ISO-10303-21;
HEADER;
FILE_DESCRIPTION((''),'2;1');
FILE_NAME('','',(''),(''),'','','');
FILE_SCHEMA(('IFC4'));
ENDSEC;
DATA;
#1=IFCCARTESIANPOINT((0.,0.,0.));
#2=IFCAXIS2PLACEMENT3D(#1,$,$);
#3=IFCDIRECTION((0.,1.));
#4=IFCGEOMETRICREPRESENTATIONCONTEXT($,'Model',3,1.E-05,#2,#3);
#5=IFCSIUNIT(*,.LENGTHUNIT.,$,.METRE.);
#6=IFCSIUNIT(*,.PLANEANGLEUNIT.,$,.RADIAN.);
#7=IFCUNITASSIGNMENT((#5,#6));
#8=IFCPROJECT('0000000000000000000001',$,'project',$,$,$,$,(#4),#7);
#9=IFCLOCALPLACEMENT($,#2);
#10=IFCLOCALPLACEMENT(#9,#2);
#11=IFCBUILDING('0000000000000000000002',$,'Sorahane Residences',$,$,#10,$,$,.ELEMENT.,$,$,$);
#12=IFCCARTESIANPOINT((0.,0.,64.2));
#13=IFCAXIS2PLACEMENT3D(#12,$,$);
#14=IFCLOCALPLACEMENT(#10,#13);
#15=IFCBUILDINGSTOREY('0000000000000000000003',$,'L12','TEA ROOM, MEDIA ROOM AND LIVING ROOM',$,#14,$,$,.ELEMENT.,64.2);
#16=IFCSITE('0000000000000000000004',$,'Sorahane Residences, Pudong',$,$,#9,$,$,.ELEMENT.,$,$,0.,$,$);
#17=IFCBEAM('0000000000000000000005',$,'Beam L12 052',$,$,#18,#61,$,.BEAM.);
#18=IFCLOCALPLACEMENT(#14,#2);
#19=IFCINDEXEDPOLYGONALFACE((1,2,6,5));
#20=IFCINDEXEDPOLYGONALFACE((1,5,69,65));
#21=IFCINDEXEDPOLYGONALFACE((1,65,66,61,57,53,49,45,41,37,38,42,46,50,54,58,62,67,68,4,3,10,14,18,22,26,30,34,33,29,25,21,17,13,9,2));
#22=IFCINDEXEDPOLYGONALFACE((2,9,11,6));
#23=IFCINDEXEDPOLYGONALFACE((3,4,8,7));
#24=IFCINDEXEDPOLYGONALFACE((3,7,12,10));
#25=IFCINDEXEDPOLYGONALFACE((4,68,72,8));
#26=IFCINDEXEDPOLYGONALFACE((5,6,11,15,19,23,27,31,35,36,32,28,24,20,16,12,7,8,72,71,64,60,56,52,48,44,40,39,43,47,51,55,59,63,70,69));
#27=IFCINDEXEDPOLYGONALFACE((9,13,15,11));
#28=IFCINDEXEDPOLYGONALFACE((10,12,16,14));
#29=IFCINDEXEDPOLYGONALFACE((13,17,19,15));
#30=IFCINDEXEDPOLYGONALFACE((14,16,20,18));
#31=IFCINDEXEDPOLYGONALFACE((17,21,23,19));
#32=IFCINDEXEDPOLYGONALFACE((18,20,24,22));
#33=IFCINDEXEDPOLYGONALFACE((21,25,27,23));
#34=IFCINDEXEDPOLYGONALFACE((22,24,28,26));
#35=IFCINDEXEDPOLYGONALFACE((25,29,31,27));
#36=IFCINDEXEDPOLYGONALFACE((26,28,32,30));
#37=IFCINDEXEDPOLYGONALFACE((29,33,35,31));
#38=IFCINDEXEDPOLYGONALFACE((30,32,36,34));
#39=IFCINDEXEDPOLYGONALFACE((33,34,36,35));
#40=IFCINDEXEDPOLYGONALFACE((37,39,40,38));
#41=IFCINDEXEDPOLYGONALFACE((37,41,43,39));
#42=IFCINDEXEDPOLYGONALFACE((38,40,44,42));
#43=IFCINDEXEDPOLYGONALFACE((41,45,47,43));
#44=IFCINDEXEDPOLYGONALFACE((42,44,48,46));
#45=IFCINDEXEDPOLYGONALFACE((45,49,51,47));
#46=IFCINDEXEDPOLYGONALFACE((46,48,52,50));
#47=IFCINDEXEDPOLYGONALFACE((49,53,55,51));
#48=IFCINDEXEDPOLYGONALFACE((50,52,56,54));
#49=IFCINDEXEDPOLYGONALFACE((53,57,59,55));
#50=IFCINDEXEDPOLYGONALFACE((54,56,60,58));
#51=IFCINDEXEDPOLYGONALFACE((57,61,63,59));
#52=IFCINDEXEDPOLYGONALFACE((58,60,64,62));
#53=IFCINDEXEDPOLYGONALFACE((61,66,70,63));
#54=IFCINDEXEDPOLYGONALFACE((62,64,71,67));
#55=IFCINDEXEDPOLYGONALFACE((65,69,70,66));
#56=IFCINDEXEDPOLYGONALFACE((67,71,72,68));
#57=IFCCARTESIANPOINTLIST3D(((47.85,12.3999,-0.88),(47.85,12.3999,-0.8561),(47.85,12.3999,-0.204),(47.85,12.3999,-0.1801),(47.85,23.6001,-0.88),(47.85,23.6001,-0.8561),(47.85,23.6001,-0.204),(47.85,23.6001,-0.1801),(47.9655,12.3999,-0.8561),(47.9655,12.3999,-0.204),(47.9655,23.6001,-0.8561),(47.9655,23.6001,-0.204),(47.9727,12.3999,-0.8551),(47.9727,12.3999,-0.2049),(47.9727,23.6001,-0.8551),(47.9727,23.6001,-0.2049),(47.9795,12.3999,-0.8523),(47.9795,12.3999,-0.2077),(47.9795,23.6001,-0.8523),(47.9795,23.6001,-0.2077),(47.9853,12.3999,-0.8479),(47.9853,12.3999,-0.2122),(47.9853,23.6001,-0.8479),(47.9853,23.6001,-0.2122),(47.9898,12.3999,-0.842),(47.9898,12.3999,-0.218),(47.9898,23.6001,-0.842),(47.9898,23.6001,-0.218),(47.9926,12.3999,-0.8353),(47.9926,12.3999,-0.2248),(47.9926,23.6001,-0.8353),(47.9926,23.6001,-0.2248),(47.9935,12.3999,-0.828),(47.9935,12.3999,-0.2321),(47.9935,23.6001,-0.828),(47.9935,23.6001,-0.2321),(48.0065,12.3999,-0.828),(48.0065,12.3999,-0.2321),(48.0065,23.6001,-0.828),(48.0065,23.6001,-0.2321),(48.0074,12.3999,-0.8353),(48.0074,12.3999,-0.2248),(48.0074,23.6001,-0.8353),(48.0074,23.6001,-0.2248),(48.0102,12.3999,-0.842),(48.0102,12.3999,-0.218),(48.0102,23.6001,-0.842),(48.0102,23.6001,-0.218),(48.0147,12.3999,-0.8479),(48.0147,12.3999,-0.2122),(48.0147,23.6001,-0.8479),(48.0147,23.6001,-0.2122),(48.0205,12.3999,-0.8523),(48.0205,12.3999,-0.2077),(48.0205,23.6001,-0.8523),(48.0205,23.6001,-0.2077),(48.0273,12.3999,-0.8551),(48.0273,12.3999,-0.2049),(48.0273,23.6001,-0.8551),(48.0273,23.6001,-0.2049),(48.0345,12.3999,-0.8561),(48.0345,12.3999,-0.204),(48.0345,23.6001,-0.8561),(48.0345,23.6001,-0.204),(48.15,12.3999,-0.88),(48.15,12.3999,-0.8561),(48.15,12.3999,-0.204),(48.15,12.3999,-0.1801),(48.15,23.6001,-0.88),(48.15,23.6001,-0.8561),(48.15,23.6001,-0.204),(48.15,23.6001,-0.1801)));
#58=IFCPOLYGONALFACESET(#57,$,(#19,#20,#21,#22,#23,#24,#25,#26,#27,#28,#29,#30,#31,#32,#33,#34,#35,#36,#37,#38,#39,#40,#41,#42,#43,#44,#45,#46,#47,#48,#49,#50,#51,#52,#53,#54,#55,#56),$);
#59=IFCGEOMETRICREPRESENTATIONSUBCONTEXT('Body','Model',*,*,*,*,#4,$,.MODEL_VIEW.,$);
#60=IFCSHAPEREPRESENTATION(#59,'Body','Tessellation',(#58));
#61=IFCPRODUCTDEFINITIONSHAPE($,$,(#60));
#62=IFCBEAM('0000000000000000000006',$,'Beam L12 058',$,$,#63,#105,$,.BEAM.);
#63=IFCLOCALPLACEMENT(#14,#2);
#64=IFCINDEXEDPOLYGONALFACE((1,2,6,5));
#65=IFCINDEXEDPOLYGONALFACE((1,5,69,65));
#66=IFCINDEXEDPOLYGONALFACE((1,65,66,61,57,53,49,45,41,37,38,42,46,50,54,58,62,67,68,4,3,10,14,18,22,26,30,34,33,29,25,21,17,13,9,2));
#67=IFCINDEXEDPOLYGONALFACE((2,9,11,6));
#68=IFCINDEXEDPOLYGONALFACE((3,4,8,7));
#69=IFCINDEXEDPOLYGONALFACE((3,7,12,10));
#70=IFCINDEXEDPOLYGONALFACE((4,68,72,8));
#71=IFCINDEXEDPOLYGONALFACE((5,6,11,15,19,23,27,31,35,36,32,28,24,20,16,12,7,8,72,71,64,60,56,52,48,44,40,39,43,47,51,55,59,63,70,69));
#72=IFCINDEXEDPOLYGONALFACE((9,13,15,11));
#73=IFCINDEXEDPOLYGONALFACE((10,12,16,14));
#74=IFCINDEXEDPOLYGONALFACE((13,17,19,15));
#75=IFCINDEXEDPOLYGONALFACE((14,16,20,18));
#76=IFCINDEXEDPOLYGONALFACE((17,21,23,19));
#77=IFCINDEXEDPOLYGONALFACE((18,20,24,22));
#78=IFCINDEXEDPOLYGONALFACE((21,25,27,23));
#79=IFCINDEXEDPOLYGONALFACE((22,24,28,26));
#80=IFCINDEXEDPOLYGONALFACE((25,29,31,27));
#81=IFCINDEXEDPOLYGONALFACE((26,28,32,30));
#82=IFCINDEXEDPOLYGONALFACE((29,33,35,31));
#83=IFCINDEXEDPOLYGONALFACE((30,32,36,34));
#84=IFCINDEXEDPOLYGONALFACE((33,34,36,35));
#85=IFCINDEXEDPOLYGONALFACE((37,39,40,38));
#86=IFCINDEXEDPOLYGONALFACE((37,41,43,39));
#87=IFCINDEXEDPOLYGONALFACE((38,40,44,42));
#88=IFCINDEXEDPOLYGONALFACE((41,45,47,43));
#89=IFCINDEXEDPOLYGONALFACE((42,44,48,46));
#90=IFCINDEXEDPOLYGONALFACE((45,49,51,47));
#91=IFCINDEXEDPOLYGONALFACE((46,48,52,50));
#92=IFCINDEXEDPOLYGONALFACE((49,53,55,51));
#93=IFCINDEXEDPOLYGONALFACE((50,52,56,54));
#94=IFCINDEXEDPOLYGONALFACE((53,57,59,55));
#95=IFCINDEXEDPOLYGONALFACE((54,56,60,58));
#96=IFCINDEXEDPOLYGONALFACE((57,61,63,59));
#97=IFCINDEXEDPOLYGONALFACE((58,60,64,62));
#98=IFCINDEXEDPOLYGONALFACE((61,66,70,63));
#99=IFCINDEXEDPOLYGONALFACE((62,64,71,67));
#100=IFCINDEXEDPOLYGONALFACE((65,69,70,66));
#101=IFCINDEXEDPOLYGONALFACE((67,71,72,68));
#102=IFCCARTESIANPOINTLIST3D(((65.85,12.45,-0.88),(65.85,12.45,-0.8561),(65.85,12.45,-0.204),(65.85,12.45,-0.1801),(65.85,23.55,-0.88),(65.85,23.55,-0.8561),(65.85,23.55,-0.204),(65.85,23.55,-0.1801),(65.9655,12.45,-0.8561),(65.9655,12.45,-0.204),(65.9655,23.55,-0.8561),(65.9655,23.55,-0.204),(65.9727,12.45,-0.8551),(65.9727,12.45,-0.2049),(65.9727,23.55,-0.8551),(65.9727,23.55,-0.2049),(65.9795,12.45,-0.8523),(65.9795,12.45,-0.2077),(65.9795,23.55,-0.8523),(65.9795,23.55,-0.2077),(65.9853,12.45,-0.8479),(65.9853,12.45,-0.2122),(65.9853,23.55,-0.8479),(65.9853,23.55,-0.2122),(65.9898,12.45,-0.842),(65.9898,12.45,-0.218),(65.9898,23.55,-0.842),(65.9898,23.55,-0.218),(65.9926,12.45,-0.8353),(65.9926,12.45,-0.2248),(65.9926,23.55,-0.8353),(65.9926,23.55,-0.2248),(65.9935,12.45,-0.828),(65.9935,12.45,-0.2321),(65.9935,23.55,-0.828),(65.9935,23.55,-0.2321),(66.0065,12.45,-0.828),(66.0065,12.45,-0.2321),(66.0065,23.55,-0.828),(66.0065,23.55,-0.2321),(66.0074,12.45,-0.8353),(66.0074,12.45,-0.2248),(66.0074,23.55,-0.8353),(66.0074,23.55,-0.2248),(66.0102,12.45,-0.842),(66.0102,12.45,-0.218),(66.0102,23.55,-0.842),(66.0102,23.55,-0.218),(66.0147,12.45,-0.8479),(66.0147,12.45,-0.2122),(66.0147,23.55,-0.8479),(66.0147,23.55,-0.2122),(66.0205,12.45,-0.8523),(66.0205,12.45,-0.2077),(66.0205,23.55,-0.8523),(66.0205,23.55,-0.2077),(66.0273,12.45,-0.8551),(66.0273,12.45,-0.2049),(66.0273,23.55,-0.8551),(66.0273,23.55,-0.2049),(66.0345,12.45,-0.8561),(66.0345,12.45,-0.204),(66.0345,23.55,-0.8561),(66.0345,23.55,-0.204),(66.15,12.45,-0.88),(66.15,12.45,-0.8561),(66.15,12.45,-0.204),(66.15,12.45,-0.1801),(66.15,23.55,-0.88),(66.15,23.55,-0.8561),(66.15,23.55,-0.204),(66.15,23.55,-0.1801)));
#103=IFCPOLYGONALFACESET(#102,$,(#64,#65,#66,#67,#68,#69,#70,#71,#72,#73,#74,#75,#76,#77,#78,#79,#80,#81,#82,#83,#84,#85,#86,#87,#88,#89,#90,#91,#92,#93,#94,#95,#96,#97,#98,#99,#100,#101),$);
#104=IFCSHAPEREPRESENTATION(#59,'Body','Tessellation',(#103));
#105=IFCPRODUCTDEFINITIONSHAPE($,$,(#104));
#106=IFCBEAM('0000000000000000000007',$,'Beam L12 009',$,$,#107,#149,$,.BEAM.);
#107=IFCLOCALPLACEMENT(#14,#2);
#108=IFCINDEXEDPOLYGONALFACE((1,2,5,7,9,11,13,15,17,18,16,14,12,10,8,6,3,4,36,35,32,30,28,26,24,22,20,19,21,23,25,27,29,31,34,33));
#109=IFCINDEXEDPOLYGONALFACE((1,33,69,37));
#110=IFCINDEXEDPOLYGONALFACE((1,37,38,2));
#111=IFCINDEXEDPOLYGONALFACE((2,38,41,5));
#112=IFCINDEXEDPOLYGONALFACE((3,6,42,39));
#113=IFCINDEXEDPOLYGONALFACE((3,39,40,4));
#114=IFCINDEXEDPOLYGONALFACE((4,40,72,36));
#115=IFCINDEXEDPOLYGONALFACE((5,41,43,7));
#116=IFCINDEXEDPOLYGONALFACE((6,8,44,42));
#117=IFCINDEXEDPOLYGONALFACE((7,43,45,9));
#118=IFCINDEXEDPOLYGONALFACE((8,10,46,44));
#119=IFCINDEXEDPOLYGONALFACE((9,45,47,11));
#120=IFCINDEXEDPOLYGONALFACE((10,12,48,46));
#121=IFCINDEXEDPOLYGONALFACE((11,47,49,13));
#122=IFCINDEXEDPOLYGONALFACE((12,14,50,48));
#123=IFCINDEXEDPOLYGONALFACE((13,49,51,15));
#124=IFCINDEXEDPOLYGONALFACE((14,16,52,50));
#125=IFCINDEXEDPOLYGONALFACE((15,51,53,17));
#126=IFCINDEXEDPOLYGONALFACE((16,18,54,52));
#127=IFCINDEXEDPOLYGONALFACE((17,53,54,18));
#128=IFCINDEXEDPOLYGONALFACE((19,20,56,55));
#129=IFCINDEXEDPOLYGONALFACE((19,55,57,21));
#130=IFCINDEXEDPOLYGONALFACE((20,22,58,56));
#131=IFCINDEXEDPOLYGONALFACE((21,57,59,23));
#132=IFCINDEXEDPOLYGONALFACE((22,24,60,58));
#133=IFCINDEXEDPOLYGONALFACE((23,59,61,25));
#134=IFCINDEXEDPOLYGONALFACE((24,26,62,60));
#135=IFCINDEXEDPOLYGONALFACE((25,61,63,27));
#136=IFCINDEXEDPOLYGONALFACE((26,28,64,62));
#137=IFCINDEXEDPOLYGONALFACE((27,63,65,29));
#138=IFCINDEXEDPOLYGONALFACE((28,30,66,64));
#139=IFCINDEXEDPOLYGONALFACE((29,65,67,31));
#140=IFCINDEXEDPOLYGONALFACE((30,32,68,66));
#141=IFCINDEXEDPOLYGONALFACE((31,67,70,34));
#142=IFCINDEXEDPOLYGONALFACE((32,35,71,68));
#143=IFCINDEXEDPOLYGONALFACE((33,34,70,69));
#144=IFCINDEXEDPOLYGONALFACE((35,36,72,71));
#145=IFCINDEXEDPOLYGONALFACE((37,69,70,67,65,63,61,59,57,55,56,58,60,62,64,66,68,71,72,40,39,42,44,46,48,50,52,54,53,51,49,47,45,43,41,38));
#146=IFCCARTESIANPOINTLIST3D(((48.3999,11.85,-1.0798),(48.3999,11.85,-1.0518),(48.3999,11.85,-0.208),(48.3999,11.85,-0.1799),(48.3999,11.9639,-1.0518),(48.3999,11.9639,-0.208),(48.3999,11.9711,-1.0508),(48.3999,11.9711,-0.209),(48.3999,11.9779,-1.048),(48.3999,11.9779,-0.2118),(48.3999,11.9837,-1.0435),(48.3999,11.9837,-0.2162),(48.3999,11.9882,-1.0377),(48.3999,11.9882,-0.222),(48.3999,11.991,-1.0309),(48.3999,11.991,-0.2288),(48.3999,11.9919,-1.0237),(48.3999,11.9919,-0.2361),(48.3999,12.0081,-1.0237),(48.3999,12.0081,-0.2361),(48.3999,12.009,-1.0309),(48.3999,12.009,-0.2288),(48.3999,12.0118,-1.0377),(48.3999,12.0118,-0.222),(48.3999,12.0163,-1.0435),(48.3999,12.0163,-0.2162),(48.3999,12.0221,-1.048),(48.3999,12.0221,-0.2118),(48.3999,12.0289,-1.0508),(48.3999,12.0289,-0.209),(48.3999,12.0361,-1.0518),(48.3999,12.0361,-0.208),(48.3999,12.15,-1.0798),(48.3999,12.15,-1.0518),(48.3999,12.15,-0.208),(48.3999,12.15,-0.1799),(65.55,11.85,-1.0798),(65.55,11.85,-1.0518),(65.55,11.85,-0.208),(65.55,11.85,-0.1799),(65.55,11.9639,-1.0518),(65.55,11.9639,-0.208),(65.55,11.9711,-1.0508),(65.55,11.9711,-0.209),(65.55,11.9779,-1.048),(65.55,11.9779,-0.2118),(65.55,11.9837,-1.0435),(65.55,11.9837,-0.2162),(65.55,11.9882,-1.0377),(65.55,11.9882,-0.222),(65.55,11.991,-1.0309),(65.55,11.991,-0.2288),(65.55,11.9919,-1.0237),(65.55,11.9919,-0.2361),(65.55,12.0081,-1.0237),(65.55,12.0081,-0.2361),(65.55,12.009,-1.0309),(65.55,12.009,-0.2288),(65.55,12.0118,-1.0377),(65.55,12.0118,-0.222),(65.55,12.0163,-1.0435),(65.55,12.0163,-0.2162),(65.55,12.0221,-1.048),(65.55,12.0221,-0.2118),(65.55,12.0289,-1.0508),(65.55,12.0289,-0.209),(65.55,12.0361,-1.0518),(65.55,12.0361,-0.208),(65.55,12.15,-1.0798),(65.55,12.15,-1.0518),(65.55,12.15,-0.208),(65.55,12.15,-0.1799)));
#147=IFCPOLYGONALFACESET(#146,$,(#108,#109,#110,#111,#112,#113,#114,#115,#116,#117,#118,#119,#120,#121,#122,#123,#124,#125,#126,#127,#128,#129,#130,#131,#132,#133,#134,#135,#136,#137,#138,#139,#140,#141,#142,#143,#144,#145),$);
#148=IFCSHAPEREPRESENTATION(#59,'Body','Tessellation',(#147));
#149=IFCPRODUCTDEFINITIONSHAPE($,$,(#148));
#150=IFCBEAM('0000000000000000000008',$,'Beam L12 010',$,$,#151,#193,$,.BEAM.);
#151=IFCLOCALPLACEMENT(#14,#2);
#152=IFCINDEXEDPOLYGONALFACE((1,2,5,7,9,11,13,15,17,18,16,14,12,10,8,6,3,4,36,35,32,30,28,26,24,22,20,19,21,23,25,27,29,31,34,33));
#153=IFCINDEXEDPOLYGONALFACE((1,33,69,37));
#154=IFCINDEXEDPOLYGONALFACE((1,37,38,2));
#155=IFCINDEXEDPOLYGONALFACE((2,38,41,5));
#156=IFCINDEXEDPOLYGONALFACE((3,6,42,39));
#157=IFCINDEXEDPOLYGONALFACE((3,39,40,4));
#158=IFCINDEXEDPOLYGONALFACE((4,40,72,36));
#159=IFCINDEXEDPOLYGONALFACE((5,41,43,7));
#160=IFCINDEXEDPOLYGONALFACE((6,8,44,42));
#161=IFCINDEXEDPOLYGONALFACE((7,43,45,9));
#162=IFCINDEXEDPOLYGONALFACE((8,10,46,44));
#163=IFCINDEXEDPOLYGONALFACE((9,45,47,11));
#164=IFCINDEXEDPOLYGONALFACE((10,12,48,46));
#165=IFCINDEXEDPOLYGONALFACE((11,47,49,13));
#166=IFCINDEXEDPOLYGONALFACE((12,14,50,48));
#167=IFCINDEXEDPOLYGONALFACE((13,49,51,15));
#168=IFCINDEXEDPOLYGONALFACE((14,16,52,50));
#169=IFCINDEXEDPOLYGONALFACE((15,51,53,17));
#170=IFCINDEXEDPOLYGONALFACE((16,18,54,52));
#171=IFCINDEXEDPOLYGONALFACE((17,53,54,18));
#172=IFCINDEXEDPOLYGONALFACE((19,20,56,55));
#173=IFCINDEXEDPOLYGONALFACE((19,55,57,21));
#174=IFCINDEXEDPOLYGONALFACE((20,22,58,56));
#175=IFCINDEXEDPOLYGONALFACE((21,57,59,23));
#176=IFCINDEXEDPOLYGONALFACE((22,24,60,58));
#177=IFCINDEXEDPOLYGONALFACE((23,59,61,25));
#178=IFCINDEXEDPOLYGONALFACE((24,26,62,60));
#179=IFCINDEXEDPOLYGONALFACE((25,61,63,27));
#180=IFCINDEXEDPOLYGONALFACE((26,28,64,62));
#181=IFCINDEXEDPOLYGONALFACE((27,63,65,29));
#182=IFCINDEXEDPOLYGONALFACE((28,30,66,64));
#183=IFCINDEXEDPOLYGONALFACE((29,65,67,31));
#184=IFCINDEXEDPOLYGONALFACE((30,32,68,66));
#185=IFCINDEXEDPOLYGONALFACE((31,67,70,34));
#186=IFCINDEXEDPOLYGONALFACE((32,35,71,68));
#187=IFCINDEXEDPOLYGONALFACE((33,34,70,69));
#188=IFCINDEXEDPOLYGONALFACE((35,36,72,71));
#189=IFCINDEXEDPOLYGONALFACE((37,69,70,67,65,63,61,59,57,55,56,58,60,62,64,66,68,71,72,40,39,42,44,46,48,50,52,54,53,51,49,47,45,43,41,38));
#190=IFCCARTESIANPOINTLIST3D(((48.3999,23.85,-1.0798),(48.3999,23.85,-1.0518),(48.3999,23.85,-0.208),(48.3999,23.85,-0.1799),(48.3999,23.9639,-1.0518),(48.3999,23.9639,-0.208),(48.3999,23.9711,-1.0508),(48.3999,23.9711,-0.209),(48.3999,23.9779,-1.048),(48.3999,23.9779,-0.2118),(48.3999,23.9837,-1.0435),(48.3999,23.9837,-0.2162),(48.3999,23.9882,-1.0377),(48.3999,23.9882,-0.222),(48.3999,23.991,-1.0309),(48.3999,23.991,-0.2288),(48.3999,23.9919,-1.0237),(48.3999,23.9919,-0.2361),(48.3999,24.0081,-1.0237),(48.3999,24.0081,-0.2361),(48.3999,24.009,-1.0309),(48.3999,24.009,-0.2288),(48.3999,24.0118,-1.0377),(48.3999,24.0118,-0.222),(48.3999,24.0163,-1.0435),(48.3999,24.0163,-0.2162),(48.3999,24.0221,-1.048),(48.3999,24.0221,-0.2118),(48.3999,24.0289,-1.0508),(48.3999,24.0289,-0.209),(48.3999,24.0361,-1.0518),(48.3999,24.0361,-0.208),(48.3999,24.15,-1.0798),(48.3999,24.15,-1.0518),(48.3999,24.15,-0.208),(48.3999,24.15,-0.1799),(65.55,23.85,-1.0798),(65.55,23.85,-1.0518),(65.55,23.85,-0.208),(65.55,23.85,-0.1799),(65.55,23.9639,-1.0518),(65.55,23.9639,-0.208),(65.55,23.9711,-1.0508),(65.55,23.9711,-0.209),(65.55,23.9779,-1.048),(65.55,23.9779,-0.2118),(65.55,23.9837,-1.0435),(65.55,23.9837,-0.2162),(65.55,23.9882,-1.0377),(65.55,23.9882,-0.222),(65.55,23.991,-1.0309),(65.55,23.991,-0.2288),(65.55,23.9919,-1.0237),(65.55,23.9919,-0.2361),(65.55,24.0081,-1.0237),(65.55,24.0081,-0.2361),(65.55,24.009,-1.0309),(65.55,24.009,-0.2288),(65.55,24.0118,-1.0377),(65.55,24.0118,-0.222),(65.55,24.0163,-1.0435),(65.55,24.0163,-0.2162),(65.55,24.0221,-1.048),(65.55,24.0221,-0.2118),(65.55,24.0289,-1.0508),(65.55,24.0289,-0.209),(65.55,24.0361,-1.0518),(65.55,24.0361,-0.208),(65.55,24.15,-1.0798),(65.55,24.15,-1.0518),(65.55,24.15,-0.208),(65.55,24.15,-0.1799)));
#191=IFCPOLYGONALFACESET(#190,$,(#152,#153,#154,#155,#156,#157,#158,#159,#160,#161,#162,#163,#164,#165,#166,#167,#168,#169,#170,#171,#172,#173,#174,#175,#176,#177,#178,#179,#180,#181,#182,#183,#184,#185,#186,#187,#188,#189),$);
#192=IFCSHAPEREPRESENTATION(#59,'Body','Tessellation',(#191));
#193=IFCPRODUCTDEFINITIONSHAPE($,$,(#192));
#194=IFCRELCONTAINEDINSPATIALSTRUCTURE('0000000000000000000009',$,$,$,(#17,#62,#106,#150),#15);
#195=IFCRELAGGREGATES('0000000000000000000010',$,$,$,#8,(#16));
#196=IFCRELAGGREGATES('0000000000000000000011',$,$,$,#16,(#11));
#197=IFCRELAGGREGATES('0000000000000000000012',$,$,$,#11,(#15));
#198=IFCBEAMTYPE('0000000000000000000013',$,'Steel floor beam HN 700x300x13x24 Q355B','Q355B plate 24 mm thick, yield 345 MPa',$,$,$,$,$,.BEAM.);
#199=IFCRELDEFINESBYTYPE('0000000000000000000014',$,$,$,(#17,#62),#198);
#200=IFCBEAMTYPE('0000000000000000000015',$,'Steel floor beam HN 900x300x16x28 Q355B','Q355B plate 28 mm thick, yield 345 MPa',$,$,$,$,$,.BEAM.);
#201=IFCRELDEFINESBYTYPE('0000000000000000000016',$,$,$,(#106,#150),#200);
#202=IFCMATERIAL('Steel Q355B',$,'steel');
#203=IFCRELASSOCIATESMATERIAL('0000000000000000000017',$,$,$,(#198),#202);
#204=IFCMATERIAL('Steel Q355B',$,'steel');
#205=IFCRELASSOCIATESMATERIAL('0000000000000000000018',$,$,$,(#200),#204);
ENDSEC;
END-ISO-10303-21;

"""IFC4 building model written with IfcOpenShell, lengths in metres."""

from ifc_helpers import new_model, si_unit, direction, frame, origin, origin_2d, place, context, subcontext, project, spatial, i_section, extrude, material, material_profile, profile_set, type_object, element, save


model = new_model("IFC4")

# Units and contexts
model_context = context("Model", 3, precision=1e-05, world=origin(), true_north=direction((0.0, 1.0)))
body_context = subcontext(model_context, "Body", "Model", "MODEL_VIEW")
ifc_project = project(units=[si_unit("LENGTHUNIT", "METRE"), si_unit("PLANEANGLEUNIT", "RADIAN")], contexts=[model_context])

# Site, building, storey
site_placement = place(None, origin())
site = spatial("IfcSite", under=ifc_project, at=site_placement, Name="Sorahane Residences, Pudong", CompositionType="ELEMENT", RefElevation=0.0)
building_placement = place(site_placement, origin())
building = spatial("IfcBuilding", under=site, at=building_placement, Name="Sorahane Residences", CompositionType="ELEMENT")
storey_placement = place(building_placement, frame((0.0, 0.0, 64.2)))
storey = spatial("IfcBuildingStorey", under=building, at=storey_placement, Name="L12", Description="TEA ROOM, MEDIA ROOM AND LIVING ROOM", CompositionType="ELEMENT", Elevation=64.2)

# Beams
ifc_material_1 = material(Name="Steel Q355B", Category="steel")
ifc_material_profile_1 = material_profile(ifc_material_1, i_section(OverallWidth=0.3, OverallDepth=0.7, WebThickness=0.0129, FlangeThickness=0.0239, FilletRadius=0.0281, at=origin_2d()), Name="HN 700x300x13x24")
ifc_profile_set_1 = profile_set([ifc_material_profile_1], Name="Steel Q355B")
beam_type_1 = type_object("IfcBeamType", Name="Steel floor beam HN 700x300x13x24 Q355B", Description="Q355B plate 24 mm thick, yield 345 MPa", PredefinedType="BEAM", material=ifc_profile_set_1)
beam_1_placement = place(storey_placement, frame((48.0, 12.3999, -0.53), z_axis=(0.0, 1.0, 0.0), x_axis=(-1.0, 0.0, 0.0)))
element("IfcBeam", 1, at=beam_1_placement, inside=storey, type_object=beam_type_1, Name="Beam L12 052", PredefinedType="BEAM", context=body_context, shape_type="SweptSolid", body=[
    extrude(i_section(OverallWidth=0.3, OverallDepth=0.7, WebThickness=0.0129, FlangeThickness=0.0239, FilletRadius=0.0281, at=origin_2d()), origin(), (0.0, 0.0, 1.0), 11.2002),
])
beam_2_placement = place(storey_placement, frame((66.0, 12.45, -0.53), z_axis=(0.0, 1.0, 0.0), x_axis=(-1.0, 0.0, 0.0)))
element("IfcBeam", 2, at=beam_2_placement, inside=storey, type_object=beam_type_1, Name="Beam L12 058", PredefinedType="BEAM", context=body_context, shape_type="SweptSolid", body=[
    extrude(i_section(OverallWidth=0.3, OverallDepth=0.7, WebThickness=0.0129, FlangeThickness=0.0239, FilletRadius=0.0281, at=origin_2d()), origin(), (0.0, 0.0, 1.0), 11.1001),
])
ifc_material_2 = material(Name="Steel Q355B", Category="steel")
ifc_material_profile_2 = material_profile(ifc_material_2, i_section(OverallWidth=0.3, OverallDepth=0.8999, WebThickness=0.0161, FlangeThickness=0.0281, FilletRadius=0.0281, at=origin_2d()), Name="HN 900x300x16x28")
ifc_profile_set_2 = profile_set([ifc_material_profile_2], Name="Steel Q355B")
beam_type_2 = type_object("IfcBeamType", Name="Steel floor beam HN 900x300x16x28 Q355B", Description="Q355B plate 28 mm thick, yield 345 MPa", PredefinedType="BEAM", material=ifc_profile_set_2)
for number, where, z_axis, x_axis, name in (
    (3, (48.3999, 12.0, -0.6299), (1.0, 0.0, 0.0), (0.0, 1.0, 0.0), "Beam L12 009"),
    (4, (48.3999, 24.0, -0.6299), (1.0, 0.0, 0.0), (0.0, 1.0, 0.0), "Beam L12 010"),
):
    element("IfcBeam", number, at=place(storey_placement, frame(where, z_axis=z_axis, x_axis=x_axis)), inside=storey, type_object=beam_type_2, Name=name, PredefinedType="BEAM", context=body_context, shape_type="SweptSolid", body=[
        extrude(i_section(OverallWidth=0.3, OverallDepth=0.8999, WebThickness=0.0161, FlangeThickness=0.0281, FilletRadius=0.0281, at=origin_2d()), origin(), (0.0, 0.0, 1.0), 17.1501),
    ])

save(model, "model.ifc")
